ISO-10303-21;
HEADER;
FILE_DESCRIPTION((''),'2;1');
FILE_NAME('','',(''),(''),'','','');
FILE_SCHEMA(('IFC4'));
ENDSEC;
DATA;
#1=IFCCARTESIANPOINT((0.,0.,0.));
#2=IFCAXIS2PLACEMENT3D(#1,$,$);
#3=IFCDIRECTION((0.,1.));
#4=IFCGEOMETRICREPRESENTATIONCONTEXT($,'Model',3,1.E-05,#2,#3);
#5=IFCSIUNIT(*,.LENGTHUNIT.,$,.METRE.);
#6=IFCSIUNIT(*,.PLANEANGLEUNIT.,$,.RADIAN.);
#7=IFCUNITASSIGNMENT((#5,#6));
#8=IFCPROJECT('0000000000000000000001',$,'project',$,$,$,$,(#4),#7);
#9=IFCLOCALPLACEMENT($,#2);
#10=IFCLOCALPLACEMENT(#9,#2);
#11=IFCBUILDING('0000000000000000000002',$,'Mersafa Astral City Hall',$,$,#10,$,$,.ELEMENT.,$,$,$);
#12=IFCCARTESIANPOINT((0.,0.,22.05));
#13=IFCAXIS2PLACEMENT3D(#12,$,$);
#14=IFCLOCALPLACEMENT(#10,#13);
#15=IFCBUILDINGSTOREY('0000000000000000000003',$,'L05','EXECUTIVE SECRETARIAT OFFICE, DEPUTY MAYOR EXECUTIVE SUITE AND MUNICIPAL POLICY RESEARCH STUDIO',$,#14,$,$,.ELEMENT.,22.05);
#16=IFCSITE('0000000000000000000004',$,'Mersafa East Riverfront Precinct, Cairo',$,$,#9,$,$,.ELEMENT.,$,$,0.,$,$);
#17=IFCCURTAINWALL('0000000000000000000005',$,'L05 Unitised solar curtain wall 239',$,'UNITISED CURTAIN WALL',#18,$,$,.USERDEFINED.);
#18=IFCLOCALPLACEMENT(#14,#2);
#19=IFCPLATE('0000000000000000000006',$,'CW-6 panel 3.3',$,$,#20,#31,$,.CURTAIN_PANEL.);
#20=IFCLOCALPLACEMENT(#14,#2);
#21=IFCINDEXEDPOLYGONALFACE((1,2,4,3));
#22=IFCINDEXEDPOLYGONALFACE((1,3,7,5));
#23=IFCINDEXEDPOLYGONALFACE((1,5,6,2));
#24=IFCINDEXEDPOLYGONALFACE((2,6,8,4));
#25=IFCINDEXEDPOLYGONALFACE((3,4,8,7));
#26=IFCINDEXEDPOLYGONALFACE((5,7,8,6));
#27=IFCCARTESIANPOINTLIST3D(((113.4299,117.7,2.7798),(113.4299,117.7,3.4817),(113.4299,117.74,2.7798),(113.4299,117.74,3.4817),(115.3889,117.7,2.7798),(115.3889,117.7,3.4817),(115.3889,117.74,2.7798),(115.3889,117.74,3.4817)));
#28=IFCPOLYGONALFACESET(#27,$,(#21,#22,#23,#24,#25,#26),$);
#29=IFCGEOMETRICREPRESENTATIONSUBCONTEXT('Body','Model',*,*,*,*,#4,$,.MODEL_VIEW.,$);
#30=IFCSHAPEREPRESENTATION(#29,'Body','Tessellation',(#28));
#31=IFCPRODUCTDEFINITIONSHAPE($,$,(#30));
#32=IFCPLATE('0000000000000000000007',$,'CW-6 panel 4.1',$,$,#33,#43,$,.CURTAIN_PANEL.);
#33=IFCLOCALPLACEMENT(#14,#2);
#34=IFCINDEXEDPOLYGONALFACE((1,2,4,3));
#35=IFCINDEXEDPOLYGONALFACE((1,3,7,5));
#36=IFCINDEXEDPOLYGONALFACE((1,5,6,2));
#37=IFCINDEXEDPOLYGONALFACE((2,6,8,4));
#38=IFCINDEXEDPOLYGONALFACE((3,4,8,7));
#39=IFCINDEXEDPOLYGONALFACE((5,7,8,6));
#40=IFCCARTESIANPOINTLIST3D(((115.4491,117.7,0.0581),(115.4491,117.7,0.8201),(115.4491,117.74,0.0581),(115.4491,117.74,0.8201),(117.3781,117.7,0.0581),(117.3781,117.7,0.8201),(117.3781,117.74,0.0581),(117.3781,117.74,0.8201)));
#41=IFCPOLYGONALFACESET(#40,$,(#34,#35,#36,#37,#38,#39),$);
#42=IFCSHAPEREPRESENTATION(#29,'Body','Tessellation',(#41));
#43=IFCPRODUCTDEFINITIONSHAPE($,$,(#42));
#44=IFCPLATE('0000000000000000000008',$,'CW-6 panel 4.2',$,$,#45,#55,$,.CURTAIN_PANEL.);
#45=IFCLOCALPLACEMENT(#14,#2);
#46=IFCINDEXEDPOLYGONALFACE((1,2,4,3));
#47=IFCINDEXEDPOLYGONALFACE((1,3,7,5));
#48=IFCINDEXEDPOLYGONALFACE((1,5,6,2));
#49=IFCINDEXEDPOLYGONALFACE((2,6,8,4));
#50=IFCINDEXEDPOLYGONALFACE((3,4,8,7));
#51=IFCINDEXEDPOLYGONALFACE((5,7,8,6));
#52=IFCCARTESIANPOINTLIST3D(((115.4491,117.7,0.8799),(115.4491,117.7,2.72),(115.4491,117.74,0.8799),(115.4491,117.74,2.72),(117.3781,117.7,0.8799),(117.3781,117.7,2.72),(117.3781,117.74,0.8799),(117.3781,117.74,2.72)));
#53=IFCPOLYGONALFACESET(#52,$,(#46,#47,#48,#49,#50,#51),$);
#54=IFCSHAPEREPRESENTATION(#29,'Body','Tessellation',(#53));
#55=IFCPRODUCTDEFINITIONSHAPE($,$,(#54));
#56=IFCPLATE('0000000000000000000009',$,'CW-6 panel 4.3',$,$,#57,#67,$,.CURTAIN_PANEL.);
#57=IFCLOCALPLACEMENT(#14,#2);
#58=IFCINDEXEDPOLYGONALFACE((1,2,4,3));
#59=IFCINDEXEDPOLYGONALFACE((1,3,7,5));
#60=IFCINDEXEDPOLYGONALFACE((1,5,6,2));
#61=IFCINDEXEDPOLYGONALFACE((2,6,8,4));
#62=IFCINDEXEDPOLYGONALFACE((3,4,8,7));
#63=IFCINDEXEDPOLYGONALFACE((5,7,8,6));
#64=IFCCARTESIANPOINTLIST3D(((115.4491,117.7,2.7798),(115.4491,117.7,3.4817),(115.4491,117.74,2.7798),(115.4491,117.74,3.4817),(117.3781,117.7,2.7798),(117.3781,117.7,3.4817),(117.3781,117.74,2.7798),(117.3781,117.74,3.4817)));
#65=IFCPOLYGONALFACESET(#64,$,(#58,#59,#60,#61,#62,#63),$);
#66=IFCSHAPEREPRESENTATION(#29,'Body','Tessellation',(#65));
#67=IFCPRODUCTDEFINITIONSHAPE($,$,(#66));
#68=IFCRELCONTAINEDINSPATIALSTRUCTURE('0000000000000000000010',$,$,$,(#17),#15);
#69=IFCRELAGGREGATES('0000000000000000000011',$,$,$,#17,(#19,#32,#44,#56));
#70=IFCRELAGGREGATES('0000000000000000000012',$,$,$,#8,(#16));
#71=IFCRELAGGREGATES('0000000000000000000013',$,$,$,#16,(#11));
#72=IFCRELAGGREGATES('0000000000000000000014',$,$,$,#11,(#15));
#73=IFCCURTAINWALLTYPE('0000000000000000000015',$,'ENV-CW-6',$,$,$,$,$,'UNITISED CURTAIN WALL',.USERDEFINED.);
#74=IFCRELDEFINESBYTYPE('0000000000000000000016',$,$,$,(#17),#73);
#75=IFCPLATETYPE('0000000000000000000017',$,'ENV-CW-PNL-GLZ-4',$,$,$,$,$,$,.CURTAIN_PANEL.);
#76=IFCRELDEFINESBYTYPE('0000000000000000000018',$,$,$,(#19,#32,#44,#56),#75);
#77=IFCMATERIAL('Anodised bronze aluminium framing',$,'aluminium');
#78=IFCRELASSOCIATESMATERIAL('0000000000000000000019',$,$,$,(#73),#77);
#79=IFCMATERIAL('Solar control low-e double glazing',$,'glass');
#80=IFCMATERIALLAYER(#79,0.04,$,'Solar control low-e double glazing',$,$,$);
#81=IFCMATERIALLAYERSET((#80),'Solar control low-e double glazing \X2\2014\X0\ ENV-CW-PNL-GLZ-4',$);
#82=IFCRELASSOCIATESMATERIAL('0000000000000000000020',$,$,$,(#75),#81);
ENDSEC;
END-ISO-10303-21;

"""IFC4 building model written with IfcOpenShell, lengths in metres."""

from ifc_helpers import new_model, si_unit, direction, frame, origin, origin_2d, place, context, subcontext, project, spatial, rectangle, extrude, material, layer, layer_set, type_object, element, aggregate, save


model = new_model("IFC4")

# Units and contexts
model_context = context("Model", 3, precision=1e-05, world=origin(), true_north=direction((0.0, 1.0)))
body_context = subcontext(model_context, "Body", "Model", "MODEL_VIEW")
ifc_project = project(units=[si_unit("LENGTHUNIT", "METRE"), si_unit("PLANEANGLEUNIT", "RADIAN")], contexts=[model_context])

# Site, building, storey
site_placement = place(None, origin())
site = spatial("IfcSite", under=ifc_project, at=site_placement, Name="Mersafa East Riverfront Precinct, Cairo", CompositionType="ELEMENT", RefElevation=0.0)
building_placement = place(site_placement, origin())
building = spatial("IfcBuilding", under=site, at=building_placement, Name="Mersafa Astral City Hall", CompositionType="ELEMENT")
storey_placement = place(building_placement, frame((0.0, 0.0, 22.05)))
storey = spatial("IfcBuildingStorey", under=building, at=storey_placement, Name="L05", Description="EXECUTIVE SECRETARIAT OFFICE, DEPUTY MAYOR EXECUTIVE SUITE AND MUNICIPAL POLICY RESEARCH STUDIO", CompositionType="ELEMENT", Elevation=22.05)

# Curtain wall
ifc_material_1 = material(Name="Anodised bronze aluminium framing", Category="aluminium")
curtain_wall_type = type_object("IfcCurtainWallType", Name="ENV-CW-6", ElementType="UNITISED CURTAIN WALL", PredefinedType="USERDEFINED", material=ifc_material_1)
curtain_wall_placement = place(storey_placement, origin())
curtain_wall = element("IfcCurtainWall", 1, at=curtain_wall_placement, inside=storey, type_object=curtain_wall_type, Name="L05 Unitised solar curtain wall 239", ObjectType="UNITISED CURTAIN WALL", PredefinedType="USERDEFINED")

# Plates
ifc_material_2 = material(Name="Solar control low-e double glazing", Category="glass")
ifc_layer = layer(ifc_material_2, 0.04, Name="Solar control low-e double glazing")
ifc_layer_set = layer_set([ifc_layer], Name="Solar control low-e double glazing — ENV-CW-PNL-GLZ-4")
plate_type = type_object("IfcPlateType", Name="ENV-CW-PNL-GLZ-4", PredefinedType="CURTAIN_PANEL", material=ifc_layer_set)
plate_1_placement = place(storey_placement, frame((114.4094, 117.72, 2.7798), z_axis=(0.0, 0.0, 1.0), x_axis=(1.0, 0.0, 0.0)))
plate_1 = element("IfcPlate", 2, at=plate_1_placement, type_object=plate_type, Name="CW-6 panel 3.3", PredefinedType="CURTAIN_PANEL", context=body_context, shape_type="SweptSolid", body=[
    extrude(rectangle(XDim=1.959, YDim=0.04, at=origin_2d()), origin(), (0.0, 0.0, 1.0), 0.7019),
])
plate_2_placement = place(storey_placement, frame((116.4136, 117.72, 0.0581), z_axis=(0.0, 0.0, 1.0), x_axis=(1.0, 0.0, 0.0)))
plate_2 = element("IfcPlate", 3, at=plate_2_placement, type_object=plate_type, Name="CW-6 panel 4.1", PredefinedType="CURTAIN_PANEL", context=body_context, shape_type="SweptSolid", body=[
    extrude(rectangle(XDim=1.929, YDim=0.04, at=origin_2d()), origin(), (0.0, 0.0, 1.0), 0.762),
])
plate_3_placement = place(storey_placement, frame((116.4136, 117.72, 0.8799), z_axis=(0.0, 0.0, 1.0), x_axis=(1.0, 0.0, 0.0)))
plate_3 = element("IfcPlate", 4, at=plate_3_placement, type_object=plate_type, Name="CW-6 panel 4.2", PredefinedType="CURTAIN_PANEL", context=body_context, shape_type="SweptSolid", body=[
    extrude(rectangle(XDim=1.929, YDim=0.04, at=origin_2d()), origin(), (0.0, 0.0, 1.0), 1.8401),
])
plate_4_placement = place(storey_placement, frame((116.4136, 117.72, 2.7798), z_axis=(0.0, 0.0, 1.0), x_axis=(1.0, 0.0, 0.0)))
plate_4 = element("IfcPlate", 5, at=plate_4_placement, type_object=plate_type, Name="CW-6 panel 4.3", PredefinedType="CURTAIN_PANEL", context=body_context, shape_type="SweptSolid", body=[
    extrude(rectangle(XDim=1.929, YDim=0.04, at=origin_2d()), origin(), (0.0, 0.0, 1.0), 0.7019),
])
aggregate(curtain_wall, [plate_1, plate_2, plate_3, plate_4])

save(model, "model.ifc")
